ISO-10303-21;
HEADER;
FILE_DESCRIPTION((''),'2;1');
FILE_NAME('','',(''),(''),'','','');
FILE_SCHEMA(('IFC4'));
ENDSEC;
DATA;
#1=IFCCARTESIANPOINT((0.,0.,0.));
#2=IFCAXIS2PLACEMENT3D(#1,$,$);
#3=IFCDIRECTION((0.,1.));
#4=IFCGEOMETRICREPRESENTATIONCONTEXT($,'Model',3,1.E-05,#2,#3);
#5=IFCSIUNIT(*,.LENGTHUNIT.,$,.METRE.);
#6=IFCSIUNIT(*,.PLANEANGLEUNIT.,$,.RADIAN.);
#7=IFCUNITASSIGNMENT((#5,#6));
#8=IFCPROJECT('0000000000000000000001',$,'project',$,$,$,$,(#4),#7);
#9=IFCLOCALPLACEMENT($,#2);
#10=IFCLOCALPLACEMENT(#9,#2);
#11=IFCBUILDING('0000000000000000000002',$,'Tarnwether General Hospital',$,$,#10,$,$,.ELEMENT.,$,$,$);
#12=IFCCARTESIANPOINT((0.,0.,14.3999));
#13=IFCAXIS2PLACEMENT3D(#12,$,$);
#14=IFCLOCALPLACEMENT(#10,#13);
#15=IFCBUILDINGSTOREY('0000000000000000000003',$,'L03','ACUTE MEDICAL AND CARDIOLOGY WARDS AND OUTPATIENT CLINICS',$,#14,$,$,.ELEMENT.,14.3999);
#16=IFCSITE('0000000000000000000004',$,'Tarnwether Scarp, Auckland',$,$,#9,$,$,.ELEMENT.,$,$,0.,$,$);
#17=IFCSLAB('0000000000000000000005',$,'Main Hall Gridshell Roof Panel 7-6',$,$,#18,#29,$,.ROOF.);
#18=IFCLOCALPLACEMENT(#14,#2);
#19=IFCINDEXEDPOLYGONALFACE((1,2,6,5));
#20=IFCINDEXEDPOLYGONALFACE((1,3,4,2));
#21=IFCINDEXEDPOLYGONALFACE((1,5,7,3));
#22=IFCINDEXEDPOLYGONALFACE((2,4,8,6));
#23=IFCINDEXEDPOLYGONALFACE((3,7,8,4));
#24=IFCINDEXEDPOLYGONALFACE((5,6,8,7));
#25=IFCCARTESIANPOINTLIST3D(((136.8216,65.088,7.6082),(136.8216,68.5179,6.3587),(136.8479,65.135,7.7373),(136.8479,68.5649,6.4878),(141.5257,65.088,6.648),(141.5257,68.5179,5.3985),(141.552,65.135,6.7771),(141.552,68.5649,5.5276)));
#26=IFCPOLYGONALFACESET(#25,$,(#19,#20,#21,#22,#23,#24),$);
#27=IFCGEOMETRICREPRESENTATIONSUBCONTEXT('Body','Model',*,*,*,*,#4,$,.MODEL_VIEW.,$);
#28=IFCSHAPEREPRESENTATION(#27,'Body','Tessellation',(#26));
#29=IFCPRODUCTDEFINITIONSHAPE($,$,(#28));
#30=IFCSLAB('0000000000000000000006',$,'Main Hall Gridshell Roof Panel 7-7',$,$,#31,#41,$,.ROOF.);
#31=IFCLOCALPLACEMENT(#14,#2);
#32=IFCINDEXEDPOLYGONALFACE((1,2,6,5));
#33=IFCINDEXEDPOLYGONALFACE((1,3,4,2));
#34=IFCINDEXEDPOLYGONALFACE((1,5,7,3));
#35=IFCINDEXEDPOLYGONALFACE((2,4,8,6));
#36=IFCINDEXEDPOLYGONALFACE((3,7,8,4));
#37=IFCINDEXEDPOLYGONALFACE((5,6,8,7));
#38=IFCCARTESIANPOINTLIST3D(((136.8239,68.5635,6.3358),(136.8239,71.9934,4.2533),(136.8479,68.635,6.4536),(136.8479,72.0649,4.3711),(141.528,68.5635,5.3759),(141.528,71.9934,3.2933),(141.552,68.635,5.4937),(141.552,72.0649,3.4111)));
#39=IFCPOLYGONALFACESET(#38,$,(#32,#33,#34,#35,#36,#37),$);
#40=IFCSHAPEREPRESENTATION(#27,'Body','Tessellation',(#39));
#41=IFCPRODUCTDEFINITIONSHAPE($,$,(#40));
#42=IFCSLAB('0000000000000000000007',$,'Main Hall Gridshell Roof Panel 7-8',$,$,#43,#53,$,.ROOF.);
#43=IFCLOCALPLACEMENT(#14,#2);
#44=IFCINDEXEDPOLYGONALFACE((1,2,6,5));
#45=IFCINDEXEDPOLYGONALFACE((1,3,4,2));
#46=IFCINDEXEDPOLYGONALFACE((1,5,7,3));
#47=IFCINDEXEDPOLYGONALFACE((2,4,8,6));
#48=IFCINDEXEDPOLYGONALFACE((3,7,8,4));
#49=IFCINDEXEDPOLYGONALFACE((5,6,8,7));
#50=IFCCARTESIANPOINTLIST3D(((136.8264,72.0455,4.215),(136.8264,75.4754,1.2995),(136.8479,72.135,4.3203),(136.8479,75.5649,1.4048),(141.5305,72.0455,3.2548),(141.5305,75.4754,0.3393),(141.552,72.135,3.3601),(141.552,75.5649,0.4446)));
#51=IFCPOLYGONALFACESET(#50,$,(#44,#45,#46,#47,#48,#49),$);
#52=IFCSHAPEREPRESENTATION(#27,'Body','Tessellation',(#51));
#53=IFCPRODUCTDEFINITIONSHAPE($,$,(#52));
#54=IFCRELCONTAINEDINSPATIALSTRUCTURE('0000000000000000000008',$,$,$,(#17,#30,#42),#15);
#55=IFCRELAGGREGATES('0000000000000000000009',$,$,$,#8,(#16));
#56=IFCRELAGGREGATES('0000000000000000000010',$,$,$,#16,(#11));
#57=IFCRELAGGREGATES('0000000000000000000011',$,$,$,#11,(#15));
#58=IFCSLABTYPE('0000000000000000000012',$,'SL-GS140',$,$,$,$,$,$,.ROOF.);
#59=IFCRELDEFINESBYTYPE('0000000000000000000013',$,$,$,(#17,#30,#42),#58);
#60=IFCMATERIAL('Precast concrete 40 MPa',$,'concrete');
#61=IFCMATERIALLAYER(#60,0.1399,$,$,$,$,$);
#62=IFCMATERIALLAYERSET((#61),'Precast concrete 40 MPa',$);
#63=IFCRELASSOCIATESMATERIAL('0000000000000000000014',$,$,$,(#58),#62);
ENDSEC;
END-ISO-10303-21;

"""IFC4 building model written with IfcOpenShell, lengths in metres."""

from ifc_helpers import new_model, si_unit, direction, frame, origin, place, context, subcontext, project, spatial, polyline, outline, extrude, material, layer, layer_set, type_object, element, save


model = new_model("IFC4")

# Units and contexts
model_context = context("Model", 3, precision=1e-05, world=origin(), true_north=direction((0.0, 1.0)))
body_context = subcontext(model_context, "Body", "Model", "MODEL_VIEW")
ifc_project = project(units=[si_unit("LENGTHUNIT", "METRE"), si_unit("PLANEANGLEUNIT", "RADIAN")], contexts=[model_context])

# Site, building, storey
site_placement = place(None, origin())
site = spatial("IfcSite", under=ifc_project, at=site_placement, Name="Tarnwether Scarp, Auckland", CompositionType="ELEMENT", RefElevation=0.0)
building_placement = place(site_placement, origin())
building = spatial("IfcBuilding", under=site, at=building_placement, Name="Tarnwether General Hospital", CompositionType="ELEMENT")
storey_placement = place(building_placement, frame((0.0, 0.0, 14.3999)))
storey = spatial("IfcBuildingStorey", under=building, at=storey_placement, Name="L03", Description="ACUTE MEDICAL AND CARDIOLOGY WARDS AND OUTPATIENT CLINICS", CompositionType="ELEMENT", Elevation=14.3999)

# Slabs
ifc_material_1 = material(Name="Precast concrete 40 MPa", Category="concrete")
ifc_layer_1 = layer(ifc_material_1, 0.1399)
ifc_layer_set_1 = layer_set([ifc_layer_1], Name="Precast concrete 40 MPa")
slab_type = type_object("IfcSlabType", Name="SL-GS140", PredefinedType="ROOF", material=ifc_layer_set_1)
slab_1_placement = place(storey_placement, frame((136.8479, 65.135, 7.7373), z_axis=(0.188358, 0.336164, 0.922776), x_axis=(0.979797, 0.0, -0.199997)))
element("IfcSlab", 1, at=slab_1_placement, inside=storey, type_object=slab_type, Name="Main Hall Gridshell Roof Panel 7-6", PredefinedType="ROOF", context=body_context, shape_type="SweptSolid", body=[
    extrude(outline(polyline([(0.0, 0.0), (4.8011, 0.0), (5.051, 3.6419), (0.2499, 3.6419), (0.0, 0.0)])), origin(), (0.0, 0.0, -1.0), 0.1399),
])
slab_2_placement = place(storey_placement, frame((136.8479, 68.635, 6.4536), z_axis=(0.171839, 0.511269, 0.842066), x_axis=(0.979806, 0.0, -0.199948)))
element("IfcSlab", 2, at=slab_2_placement, inside=storey, type_object=slab_type, Name="Main Hall Gridshell Roof Panel 7-7", PredefinedType="ROOF", context=body_context, shape_type="SweptSolid", body=[
    extrude(outline(polyline([(0.0, 0.0), (4.8011, 0.0), (5.2174, 3.991), (0.4164, 3.991), (0.0, 0.0)])), origin(), (0.0, 0.0, -1.0), 0.1399),
])
slab_3_placement = place(storey_placement, frame((136.8479, 72.135, 4.3203), z_axis=(0.153678, 0.639966, 0.752879), x_axis=(0.979797, 0.0, -0.199997)))
element("IfcSlab", 3, at=slab_3_placement, inside=storey, type_object=slab_type, Name="Main Hall Gridshell Roof Panel 7-8", PredefinedType="ROOF", context=body_context, shape_type="SweptSolid", body=[
    extrude(outline(polyline([(0.0, 0.0), (4.8011, 0.0), (5.3842, 4.4637), (0.5831, 4.4637), (0.0, 0.0)])), origin(), (0.0, 0.0, -1.0), 0.1399),
])

save(model, "model.ifc")
